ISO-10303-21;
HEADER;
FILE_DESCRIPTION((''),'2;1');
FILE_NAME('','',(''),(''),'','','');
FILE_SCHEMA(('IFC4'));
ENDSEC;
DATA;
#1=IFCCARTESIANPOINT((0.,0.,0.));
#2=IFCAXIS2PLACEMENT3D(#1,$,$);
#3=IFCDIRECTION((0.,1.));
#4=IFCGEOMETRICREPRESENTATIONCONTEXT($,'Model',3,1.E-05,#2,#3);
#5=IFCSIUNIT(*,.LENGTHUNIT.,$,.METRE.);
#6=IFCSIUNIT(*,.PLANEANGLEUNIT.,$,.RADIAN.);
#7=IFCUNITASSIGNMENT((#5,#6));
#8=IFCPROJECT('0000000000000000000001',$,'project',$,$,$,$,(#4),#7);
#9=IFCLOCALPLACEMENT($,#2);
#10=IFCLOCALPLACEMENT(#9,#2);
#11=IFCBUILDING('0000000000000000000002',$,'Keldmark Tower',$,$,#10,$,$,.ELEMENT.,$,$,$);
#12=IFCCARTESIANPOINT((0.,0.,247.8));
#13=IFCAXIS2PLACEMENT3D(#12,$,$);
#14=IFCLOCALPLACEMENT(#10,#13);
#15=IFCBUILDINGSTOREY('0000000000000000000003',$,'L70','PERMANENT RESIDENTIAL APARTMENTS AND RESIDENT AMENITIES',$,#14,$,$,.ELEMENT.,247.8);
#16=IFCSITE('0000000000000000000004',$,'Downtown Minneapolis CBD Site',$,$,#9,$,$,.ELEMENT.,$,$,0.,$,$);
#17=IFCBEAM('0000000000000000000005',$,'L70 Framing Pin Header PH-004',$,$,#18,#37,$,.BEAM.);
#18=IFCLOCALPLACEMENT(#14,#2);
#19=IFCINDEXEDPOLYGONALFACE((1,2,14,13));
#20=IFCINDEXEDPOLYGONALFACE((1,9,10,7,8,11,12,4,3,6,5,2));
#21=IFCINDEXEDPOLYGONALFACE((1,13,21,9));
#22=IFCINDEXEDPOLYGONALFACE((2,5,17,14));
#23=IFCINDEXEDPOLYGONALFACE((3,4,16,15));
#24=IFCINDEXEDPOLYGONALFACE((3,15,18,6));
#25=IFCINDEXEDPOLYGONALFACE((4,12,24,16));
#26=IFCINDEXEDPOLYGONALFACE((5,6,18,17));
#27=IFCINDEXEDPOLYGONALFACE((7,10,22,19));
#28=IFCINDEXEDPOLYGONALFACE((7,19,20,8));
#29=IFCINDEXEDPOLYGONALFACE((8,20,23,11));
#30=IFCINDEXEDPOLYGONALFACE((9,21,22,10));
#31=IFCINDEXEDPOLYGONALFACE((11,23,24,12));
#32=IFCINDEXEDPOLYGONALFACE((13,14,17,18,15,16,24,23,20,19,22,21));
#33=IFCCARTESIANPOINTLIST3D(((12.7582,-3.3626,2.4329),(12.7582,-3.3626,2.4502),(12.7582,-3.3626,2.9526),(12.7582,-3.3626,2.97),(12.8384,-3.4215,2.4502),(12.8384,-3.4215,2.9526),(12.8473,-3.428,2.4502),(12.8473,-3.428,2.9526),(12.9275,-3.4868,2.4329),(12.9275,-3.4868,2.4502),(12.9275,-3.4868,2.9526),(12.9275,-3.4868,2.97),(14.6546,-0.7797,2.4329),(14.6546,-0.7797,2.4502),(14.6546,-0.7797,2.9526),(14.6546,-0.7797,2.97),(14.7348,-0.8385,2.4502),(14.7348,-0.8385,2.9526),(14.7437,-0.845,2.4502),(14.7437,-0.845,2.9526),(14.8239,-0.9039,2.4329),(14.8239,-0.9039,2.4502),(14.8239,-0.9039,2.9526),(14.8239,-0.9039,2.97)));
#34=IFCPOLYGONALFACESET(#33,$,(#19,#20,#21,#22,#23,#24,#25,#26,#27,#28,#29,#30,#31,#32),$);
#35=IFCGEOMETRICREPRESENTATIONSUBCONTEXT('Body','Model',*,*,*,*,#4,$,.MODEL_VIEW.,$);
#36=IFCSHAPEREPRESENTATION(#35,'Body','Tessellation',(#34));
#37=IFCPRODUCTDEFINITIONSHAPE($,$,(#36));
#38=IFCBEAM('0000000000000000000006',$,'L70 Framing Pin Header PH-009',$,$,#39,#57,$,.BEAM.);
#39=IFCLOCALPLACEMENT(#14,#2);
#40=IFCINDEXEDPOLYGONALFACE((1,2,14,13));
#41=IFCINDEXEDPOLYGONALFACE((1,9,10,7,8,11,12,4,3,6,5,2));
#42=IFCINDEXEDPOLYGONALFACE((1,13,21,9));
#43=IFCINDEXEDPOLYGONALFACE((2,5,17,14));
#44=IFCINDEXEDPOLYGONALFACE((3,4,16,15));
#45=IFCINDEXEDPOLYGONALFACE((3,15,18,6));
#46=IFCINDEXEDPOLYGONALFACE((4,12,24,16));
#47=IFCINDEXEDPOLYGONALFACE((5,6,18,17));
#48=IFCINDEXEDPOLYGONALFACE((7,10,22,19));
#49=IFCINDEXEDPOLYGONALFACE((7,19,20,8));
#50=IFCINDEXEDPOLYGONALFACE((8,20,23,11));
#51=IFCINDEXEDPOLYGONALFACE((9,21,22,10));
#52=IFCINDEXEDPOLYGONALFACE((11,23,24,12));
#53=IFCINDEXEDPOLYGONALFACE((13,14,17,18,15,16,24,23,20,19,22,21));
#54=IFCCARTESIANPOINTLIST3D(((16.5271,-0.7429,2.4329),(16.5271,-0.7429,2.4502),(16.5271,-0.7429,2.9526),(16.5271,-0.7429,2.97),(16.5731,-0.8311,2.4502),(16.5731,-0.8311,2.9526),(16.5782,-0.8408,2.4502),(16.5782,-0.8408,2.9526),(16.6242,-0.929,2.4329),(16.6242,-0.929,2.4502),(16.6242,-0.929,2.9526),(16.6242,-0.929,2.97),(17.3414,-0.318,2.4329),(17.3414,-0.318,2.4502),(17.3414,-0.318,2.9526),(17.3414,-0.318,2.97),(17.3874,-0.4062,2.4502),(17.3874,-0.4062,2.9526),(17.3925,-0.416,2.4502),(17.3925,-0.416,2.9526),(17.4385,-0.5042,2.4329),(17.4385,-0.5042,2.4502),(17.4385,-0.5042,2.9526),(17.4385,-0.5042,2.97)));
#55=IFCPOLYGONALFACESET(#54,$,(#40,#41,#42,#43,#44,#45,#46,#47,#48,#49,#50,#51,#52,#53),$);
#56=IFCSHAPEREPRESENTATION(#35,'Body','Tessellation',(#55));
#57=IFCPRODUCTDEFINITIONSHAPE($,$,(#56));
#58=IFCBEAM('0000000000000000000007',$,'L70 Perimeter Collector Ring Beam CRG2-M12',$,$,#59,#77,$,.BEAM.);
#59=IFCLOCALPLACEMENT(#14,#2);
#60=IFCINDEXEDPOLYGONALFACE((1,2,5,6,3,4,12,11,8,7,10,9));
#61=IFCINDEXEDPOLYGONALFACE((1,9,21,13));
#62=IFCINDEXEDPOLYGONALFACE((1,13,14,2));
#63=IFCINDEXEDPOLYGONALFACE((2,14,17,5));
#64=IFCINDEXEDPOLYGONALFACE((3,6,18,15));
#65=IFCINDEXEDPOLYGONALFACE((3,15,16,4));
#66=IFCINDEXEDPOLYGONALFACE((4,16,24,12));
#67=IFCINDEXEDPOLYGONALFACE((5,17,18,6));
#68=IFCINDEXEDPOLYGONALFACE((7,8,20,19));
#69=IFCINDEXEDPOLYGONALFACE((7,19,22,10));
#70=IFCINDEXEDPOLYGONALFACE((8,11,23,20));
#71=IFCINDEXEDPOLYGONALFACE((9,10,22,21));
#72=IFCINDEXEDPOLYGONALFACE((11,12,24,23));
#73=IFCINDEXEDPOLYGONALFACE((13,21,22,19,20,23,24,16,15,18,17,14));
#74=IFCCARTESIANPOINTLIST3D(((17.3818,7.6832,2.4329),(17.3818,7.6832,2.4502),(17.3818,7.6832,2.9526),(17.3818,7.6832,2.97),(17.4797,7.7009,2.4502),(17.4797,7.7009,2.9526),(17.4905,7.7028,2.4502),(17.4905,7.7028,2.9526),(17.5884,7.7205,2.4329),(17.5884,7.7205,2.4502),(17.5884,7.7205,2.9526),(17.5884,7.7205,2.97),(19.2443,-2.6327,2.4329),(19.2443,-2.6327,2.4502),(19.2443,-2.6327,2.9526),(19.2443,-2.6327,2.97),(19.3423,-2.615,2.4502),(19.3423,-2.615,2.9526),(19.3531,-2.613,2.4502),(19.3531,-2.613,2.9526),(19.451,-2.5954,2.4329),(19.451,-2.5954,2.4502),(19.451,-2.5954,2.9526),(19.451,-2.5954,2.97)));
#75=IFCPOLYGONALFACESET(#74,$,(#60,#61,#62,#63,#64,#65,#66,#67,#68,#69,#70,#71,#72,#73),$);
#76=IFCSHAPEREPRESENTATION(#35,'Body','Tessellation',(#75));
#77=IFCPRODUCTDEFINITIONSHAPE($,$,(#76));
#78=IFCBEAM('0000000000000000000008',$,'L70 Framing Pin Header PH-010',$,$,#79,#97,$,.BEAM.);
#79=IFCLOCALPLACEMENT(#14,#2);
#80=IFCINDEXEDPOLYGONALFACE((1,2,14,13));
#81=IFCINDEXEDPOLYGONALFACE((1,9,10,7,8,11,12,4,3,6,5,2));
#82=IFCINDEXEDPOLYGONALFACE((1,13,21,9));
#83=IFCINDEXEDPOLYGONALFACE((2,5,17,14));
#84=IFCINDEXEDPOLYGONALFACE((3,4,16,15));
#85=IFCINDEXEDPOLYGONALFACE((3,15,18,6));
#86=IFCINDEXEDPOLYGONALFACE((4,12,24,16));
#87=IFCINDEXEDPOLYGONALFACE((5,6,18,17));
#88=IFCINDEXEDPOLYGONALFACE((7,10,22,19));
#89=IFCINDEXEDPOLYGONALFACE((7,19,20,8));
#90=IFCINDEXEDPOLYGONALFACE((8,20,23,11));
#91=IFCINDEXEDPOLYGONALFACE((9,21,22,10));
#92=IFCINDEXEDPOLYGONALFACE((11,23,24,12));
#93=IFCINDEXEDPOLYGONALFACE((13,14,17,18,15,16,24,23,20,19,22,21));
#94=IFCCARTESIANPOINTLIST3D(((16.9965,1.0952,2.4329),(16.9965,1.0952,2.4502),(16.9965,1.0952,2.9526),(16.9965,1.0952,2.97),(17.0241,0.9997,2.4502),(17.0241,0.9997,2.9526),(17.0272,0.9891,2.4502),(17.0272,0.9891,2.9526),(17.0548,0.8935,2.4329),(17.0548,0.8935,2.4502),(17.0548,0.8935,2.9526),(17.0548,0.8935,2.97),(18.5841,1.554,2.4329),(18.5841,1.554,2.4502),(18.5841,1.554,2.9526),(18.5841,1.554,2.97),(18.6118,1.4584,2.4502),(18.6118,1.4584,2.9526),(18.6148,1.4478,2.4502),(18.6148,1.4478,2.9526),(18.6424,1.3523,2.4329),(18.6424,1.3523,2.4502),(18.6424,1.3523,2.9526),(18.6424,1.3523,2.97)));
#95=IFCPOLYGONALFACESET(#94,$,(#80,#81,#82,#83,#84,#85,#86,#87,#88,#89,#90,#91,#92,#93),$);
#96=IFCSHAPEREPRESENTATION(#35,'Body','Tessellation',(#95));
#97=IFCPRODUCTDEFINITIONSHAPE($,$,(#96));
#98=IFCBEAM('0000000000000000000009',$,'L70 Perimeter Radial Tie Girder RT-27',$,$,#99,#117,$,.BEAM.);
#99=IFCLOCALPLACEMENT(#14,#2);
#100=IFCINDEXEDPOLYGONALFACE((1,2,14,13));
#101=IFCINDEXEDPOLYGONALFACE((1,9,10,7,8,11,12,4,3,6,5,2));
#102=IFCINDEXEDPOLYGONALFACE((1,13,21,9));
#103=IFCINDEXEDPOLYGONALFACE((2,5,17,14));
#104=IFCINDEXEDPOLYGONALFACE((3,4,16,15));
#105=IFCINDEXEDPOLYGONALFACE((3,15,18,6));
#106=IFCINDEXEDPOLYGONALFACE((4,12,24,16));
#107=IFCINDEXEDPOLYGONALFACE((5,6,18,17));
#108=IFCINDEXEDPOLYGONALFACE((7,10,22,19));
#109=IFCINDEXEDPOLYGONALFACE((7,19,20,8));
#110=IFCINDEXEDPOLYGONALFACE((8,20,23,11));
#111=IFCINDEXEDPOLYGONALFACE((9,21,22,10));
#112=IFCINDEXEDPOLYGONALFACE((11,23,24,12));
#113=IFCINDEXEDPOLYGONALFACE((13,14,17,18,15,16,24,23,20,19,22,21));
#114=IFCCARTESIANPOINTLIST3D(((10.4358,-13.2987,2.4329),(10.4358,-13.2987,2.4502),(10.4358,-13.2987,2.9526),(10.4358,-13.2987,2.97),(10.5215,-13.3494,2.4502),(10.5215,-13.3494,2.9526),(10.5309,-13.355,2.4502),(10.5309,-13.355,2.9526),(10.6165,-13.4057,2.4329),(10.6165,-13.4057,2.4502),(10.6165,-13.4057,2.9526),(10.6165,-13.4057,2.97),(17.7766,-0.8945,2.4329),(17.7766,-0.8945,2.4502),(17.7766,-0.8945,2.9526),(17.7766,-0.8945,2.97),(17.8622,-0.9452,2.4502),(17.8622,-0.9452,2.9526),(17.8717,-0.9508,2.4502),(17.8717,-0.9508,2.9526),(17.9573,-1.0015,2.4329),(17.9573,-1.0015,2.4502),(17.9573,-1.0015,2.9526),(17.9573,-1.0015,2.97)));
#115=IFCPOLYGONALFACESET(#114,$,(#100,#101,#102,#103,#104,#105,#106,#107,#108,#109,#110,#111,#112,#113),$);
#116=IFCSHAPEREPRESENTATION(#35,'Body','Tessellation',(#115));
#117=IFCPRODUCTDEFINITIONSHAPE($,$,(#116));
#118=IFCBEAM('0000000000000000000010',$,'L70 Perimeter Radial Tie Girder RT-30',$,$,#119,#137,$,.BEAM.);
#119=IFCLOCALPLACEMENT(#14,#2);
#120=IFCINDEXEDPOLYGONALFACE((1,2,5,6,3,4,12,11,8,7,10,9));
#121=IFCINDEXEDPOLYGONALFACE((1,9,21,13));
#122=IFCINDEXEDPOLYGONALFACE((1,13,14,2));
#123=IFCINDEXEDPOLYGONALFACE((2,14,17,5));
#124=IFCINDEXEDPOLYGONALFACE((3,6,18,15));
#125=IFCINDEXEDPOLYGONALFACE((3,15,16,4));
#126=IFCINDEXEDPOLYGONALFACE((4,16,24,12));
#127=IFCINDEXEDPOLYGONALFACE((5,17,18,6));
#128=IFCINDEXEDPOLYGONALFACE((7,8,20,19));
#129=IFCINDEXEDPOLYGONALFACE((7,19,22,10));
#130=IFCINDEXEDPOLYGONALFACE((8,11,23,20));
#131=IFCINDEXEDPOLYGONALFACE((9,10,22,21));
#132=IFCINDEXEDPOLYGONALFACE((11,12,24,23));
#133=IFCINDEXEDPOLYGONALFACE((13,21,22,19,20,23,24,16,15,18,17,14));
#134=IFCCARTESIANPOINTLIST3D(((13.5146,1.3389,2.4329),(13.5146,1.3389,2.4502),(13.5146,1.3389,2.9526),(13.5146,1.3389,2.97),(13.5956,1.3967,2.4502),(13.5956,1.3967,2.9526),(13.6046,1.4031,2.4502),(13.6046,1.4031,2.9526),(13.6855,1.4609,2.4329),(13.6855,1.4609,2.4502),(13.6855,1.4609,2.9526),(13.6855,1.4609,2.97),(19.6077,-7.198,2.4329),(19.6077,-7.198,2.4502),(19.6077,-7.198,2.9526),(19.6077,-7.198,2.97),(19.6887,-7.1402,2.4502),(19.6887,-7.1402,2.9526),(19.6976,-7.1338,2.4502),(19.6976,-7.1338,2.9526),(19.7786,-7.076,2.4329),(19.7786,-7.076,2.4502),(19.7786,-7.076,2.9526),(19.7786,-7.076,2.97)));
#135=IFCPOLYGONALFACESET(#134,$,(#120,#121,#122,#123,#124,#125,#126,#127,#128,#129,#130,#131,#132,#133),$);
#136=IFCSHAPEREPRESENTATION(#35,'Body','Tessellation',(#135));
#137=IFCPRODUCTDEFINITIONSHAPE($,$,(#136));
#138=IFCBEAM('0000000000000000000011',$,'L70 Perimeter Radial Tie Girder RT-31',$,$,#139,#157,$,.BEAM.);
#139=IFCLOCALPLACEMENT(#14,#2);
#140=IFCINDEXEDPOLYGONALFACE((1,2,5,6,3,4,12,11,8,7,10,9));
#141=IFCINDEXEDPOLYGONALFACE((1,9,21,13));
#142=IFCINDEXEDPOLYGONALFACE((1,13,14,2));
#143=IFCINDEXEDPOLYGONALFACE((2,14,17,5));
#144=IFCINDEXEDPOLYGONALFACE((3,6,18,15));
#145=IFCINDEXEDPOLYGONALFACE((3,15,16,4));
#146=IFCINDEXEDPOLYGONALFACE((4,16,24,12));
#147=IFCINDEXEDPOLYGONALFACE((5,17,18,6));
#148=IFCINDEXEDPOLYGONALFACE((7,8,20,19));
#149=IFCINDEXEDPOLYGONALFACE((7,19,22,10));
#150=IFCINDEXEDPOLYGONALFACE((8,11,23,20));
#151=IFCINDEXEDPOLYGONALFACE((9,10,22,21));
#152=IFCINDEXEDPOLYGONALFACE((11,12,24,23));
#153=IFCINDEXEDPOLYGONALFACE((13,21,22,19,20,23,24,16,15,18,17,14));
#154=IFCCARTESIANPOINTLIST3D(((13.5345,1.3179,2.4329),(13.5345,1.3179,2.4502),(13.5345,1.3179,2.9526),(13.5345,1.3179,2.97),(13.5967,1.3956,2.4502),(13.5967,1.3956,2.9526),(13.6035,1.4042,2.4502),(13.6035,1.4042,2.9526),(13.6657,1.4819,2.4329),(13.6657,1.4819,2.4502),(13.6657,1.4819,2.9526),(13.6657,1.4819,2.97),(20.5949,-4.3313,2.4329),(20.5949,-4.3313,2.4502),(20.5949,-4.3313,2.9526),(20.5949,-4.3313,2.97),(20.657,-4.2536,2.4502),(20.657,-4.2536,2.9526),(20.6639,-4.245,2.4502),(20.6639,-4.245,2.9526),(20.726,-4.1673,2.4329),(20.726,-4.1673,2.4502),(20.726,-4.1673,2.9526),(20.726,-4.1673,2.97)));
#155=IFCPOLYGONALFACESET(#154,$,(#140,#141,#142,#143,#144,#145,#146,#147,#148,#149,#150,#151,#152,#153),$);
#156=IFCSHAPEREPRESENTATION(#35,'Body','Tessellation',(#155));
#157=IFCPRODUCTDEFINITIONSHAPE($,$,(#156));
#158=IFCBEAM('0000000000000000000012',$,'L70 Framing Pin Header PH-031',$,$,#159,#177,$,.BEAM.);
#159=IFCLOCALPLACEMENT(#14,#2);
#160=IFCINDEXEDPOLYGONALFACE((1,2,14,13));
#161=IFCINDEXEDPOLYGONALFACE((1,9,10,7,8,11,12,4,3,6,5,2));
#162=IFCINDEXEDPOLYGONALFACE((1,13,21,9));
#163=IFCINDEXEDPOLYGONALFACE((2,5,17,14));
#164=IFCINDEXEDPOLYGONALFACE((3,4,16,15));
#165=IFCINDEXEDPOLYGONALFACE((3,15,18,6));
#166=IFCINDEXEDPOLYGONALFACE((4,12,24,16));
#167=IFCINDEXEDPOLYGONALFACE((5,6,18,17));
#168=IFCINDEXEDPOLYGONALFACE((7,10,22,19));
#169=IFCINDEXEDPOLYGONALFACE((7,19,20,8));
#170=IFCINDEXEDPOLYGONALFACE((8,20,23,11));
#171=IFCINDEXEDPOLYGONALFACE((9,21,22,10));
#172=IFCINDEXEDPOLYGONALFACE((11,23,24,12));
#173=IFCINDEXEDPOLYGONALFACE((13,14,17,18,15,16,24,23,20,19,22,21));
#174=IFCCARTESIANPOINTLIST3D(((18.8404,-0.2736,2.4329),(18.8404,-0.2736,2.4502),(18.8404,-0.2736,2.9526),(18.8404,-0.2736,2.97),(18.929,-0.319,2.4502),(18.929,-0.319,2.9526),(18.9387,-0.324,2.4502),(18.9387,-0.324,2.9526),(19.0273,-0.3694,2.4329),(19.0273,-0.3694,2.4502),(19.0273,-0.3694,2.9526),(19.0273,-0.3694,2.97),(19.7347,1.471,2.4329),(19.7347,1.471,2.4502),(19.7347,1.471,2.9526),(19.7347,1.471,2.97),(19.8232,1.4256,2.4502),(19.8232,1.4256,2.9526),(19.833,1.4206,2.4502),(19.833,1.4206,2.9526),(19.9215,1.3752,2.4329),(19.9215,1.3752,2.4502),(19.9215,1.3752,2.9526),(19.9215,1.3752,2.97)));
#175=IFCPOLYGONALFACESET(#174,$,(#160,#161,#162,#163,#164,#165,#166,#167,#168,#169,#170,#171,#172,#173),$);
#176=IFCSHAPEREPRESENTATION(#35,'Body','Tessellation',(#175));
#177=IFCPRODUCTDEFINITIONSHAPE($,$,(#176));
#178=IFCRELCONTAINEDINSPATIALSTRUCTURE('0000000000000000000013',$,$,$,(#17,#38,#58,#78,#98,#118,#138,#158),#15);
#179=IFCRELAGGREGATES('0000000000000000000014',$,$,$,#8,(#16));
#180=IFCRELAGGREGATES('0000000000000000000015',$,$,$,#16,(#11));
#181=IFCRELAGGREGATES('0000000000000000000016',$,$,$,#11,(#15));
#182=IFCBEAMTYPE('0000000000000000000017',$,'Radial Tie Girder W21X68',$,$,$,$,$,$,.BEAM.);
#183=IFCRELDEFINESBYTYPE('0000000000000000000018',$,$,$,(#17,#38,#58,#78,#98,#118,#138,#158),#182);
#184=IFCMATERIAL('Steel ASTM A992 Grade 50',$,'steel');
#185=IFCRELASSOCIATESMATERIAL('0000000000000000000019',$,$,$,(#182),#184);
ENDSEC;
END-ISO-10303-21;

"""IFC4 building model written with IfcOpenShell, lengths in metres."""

from ifc_helpers import new_model, si_unit, direction, frame, origin, origin_2d, place, context, subcontext, project, spatial, i_section, extrude, material, material_profile, profile_set, type_object, element, save


model = new_model("IFC4")

# Units and contexts
model_context = context("Model", 3, precision=1e-05, world=origin(), true_north=direction((0.0, 1.0)))
body_context = subcontext(model_context, "Body", "Model", "MODEL_VIEW")
ifc_project = project(units=[si_unit("LENGTHUNIT", "METRE"), si_unit("PLANEANGLEUNIT", "RADIAN")], contexts=[model_context])

# Site, building, storey
site_placement = place(None, origin())
site = spatial("IfcSite", under=ifc_project, at=site_placement, Name="Downtown Minneapolis CBD Site", CompositionType="ELEMENT", RefElevation=0.0)
building_placement = place(site_placement, origin())
building = spatial("IfcBuilding", under=site, at=building_placement, Name="Keldmark Tower", CompositionType="ELEMENT")
storey_placement = place(building_placement, frame((0.0, 0.0, 247.8)))
storey = spatial("IfcBuildingStorey", under=building, at=storey_placement, Name="L70", Description="PERMANENT RESIDENTIAL APARTMENTS AND RESIDENT AMENITIES", CompositionType="ELEMENT", Elevation=247.8)

# Beams
ifc_material_1 = material(Name="Steel ASTM A992 Grade 50", Category="steel")
ifc_material_profile_1 = material_profile(ifc_material_1, i_section(OverallWidth=0.21, OverallDepth=0.5371, WebThickness=0.011, FlangeThickness=0.0173, at=origin_2d()), Name="W21X68")
ifc_profile_set_1 = profile_set([ifc_material_profile_1], Name="Steel ASTM A992 Grade 50")
beam_type_1 = type_object("IfcBeamType", Name="Radial Tie Girder W21X68", PredefinedType="BEAM", material=ifc_profile_set_1)
beam_1_placement = place(storey_placement, frame((14.7393, -0.8418, 2.7014), z_axis=(-0.591826, -0.806066, 0.0), x_axis=(0.806066, -0.591826, 0.0)))
element("IfcBeam", 1, at=beam_1_placement, inside=storey, type_object=beam_type_1, Name="L70 Framing Pin Header PH-004", PredefinedType="BEAM", context=body_context, shape_type="SweptSolid", body=[
    extrude(i_section(OverallWidth=0.21, OverallDepth=0.5371, WebThickness=0.011, FlangeThickness=0.0173, at=origin_2d()), origin(), (0.0, 0.0, 1.0), 3.2043),
])
beam_2_placement = place(storey_placement, frame((16.5757, -0.8359, 2.7014), z_axis=(0.886585, 0.462566, 0.0), x_axis=(-0.462566, 0.886585, 0.0)))
element("IfcBeam", 2, at=beam_2_placement, inside=storey, type_object=beam_type_1, Name="L70 Framing Pin Header PH-009", PredefinedType="BEAM", context=body_context, shape_type="SweptSolid", body=[
    extrude(i_section(OverallWidth=0.21, OverallDepth=0.5371, WebThickness=0.011, FlangeThickness=0.0173, at=origin_2d()), origin(), (0.0, 0.0, 1.0), 0.9185),
])
beam_3_placement = place(storey_placement, frame((19.3477, -2.614, 2.7014), z_axis=(-0.177678, 0.984089, 0.0), x_axis=(-0.984089, -0.177678, 0.0)))
element("IfcBeam", 3, at=beam_3_placement, inside=storey, type_object=beam_type_1, Name="L70 Perimeter Collector Ring Beam CRG2-M12", PredefinedType="BEAM", context=body_context, shape_type="SweptSolid", body=[
    extrude(i_section(OverallWidth=0.21, OverallDepth=0.5371, WebThickness=0.011, FlangeThickness=0.0173, at=origin_2d()), origin(), (0.0, 0.0, 1.0), 10.4827),
])
beam_4_placement = place(storey_placement, frame((17.0256, 0.9944, 2.7014), z_axis=(0.9607, 0.277588, 0.0), x_axis=(-0.277588, 0.9607, 0.0)))
element("IfcBeam", 4, at=beam_4_placement, inside=storey, type_object=beam_type_1, Name="L70 Framing Pin Header PH-010", PredefinedType="BEAM", context=body_context, shape_type="SweptSolid", body=[
    extrude(i_section(OverallWidth=0.21, OverallDepth=0.5371, WebThickness=0.011, FlangeThickness=0.0173, at=origin_2d()), origin(), (0.0, 0.0, 1.0), 1.6526),
])
beam_5_placement = place(storey_placement, frame((17.8669, -0.948, 2.7014), z_axis=(-0.509295, -0.860592, 0.0), x_axis=(0.860592, -0.509295, 0.0)))
element("IfcBeam", 5, at=beam_5_placement, inside=storey, type_object=beam_type_1, Name="L70 Perimeter Radial Tie Girder RT-27", PredefinedType="BEAM", context=body_context, shape_type="SweptSolid", body=[
    extrude(i_section(OverallWidth=0.21, OverallDepth=0.5371, WebThickness=0.011, FlangeThickness=0.0173, at=origin_2d()), origin(), (0.0, 0.0, 1.0), 14.4136),
])
beam_6_placement = place(storey_placement, frame((13.6001, 1.3999, 2.7014), z_axis=(0.580939, -0.813947, 0.0), x_axis=(0.813947, 0.580939, 0.0)))
element("IfcBeam", 6, at=beam_6_placement, inside=storey, type_object=beam_type_1, Name="L70 Perimeter Radial Tie Girder RT-30", PredefinedType="BEAM", context=body_context, shape_type="SweptSolid", body=[
    extrude(i_section(OverallWidth=0.21, OverallDepth=0.5371, WebThickness=0.011, FlangeThickness=0.0173, at=origin_2d()), origin(), (0.0, 0.0, 1.0), 10.4883),
])
beam_7_placement = place(storey_placement, frame((13.6001, 1.3999, 2.7014), z_axis=(0.780819, -0.624758, 0.0), x_axis=(0.624758, 0.780819, 0.0)))
element("IfcBeam", 7, at=beam_7_placement, inside=storey, type_object=beam_type_1, Name="L70 Perimeter Radial Tie Girder RT-31", PredefinedType="BEAM", context=body_context, shape_type="SweptSolid", body=[
    extrude(i_section(OverallWidth=0.21, OverallDepth=0.5371, WebThickness=0.011, FlangeThickness=0.0173, at=origin_2d()), origin(), (0.0, 0.0, 1.0), 9.0422),
])
beam_8_placement = place(storey_placement, frame((19.8281, 1.4231, 2.7014), z_axis=(-0.456157, -0.889899, 0.0), x_axis=(0.889899, -0.456157, 0.0)))
element("IfcBeam", 8, at=beam_8_placement, inside=storey, type_object=beam_type_1, Name="L70 Framing Pin Header PH-031", PredefinedType="BEAM", context=body_context, shape_type="SweptSolid", body=[
    extrude(i_section(OverallWidth=0.21, OverallDepth=0.5371, WebThickness=0.011, FlangeThickness=0.0173, at=origin_2d()), origin(), (0.0, 0.0, 1.0), 1.9604),
])

save(model, "model.ifc")
